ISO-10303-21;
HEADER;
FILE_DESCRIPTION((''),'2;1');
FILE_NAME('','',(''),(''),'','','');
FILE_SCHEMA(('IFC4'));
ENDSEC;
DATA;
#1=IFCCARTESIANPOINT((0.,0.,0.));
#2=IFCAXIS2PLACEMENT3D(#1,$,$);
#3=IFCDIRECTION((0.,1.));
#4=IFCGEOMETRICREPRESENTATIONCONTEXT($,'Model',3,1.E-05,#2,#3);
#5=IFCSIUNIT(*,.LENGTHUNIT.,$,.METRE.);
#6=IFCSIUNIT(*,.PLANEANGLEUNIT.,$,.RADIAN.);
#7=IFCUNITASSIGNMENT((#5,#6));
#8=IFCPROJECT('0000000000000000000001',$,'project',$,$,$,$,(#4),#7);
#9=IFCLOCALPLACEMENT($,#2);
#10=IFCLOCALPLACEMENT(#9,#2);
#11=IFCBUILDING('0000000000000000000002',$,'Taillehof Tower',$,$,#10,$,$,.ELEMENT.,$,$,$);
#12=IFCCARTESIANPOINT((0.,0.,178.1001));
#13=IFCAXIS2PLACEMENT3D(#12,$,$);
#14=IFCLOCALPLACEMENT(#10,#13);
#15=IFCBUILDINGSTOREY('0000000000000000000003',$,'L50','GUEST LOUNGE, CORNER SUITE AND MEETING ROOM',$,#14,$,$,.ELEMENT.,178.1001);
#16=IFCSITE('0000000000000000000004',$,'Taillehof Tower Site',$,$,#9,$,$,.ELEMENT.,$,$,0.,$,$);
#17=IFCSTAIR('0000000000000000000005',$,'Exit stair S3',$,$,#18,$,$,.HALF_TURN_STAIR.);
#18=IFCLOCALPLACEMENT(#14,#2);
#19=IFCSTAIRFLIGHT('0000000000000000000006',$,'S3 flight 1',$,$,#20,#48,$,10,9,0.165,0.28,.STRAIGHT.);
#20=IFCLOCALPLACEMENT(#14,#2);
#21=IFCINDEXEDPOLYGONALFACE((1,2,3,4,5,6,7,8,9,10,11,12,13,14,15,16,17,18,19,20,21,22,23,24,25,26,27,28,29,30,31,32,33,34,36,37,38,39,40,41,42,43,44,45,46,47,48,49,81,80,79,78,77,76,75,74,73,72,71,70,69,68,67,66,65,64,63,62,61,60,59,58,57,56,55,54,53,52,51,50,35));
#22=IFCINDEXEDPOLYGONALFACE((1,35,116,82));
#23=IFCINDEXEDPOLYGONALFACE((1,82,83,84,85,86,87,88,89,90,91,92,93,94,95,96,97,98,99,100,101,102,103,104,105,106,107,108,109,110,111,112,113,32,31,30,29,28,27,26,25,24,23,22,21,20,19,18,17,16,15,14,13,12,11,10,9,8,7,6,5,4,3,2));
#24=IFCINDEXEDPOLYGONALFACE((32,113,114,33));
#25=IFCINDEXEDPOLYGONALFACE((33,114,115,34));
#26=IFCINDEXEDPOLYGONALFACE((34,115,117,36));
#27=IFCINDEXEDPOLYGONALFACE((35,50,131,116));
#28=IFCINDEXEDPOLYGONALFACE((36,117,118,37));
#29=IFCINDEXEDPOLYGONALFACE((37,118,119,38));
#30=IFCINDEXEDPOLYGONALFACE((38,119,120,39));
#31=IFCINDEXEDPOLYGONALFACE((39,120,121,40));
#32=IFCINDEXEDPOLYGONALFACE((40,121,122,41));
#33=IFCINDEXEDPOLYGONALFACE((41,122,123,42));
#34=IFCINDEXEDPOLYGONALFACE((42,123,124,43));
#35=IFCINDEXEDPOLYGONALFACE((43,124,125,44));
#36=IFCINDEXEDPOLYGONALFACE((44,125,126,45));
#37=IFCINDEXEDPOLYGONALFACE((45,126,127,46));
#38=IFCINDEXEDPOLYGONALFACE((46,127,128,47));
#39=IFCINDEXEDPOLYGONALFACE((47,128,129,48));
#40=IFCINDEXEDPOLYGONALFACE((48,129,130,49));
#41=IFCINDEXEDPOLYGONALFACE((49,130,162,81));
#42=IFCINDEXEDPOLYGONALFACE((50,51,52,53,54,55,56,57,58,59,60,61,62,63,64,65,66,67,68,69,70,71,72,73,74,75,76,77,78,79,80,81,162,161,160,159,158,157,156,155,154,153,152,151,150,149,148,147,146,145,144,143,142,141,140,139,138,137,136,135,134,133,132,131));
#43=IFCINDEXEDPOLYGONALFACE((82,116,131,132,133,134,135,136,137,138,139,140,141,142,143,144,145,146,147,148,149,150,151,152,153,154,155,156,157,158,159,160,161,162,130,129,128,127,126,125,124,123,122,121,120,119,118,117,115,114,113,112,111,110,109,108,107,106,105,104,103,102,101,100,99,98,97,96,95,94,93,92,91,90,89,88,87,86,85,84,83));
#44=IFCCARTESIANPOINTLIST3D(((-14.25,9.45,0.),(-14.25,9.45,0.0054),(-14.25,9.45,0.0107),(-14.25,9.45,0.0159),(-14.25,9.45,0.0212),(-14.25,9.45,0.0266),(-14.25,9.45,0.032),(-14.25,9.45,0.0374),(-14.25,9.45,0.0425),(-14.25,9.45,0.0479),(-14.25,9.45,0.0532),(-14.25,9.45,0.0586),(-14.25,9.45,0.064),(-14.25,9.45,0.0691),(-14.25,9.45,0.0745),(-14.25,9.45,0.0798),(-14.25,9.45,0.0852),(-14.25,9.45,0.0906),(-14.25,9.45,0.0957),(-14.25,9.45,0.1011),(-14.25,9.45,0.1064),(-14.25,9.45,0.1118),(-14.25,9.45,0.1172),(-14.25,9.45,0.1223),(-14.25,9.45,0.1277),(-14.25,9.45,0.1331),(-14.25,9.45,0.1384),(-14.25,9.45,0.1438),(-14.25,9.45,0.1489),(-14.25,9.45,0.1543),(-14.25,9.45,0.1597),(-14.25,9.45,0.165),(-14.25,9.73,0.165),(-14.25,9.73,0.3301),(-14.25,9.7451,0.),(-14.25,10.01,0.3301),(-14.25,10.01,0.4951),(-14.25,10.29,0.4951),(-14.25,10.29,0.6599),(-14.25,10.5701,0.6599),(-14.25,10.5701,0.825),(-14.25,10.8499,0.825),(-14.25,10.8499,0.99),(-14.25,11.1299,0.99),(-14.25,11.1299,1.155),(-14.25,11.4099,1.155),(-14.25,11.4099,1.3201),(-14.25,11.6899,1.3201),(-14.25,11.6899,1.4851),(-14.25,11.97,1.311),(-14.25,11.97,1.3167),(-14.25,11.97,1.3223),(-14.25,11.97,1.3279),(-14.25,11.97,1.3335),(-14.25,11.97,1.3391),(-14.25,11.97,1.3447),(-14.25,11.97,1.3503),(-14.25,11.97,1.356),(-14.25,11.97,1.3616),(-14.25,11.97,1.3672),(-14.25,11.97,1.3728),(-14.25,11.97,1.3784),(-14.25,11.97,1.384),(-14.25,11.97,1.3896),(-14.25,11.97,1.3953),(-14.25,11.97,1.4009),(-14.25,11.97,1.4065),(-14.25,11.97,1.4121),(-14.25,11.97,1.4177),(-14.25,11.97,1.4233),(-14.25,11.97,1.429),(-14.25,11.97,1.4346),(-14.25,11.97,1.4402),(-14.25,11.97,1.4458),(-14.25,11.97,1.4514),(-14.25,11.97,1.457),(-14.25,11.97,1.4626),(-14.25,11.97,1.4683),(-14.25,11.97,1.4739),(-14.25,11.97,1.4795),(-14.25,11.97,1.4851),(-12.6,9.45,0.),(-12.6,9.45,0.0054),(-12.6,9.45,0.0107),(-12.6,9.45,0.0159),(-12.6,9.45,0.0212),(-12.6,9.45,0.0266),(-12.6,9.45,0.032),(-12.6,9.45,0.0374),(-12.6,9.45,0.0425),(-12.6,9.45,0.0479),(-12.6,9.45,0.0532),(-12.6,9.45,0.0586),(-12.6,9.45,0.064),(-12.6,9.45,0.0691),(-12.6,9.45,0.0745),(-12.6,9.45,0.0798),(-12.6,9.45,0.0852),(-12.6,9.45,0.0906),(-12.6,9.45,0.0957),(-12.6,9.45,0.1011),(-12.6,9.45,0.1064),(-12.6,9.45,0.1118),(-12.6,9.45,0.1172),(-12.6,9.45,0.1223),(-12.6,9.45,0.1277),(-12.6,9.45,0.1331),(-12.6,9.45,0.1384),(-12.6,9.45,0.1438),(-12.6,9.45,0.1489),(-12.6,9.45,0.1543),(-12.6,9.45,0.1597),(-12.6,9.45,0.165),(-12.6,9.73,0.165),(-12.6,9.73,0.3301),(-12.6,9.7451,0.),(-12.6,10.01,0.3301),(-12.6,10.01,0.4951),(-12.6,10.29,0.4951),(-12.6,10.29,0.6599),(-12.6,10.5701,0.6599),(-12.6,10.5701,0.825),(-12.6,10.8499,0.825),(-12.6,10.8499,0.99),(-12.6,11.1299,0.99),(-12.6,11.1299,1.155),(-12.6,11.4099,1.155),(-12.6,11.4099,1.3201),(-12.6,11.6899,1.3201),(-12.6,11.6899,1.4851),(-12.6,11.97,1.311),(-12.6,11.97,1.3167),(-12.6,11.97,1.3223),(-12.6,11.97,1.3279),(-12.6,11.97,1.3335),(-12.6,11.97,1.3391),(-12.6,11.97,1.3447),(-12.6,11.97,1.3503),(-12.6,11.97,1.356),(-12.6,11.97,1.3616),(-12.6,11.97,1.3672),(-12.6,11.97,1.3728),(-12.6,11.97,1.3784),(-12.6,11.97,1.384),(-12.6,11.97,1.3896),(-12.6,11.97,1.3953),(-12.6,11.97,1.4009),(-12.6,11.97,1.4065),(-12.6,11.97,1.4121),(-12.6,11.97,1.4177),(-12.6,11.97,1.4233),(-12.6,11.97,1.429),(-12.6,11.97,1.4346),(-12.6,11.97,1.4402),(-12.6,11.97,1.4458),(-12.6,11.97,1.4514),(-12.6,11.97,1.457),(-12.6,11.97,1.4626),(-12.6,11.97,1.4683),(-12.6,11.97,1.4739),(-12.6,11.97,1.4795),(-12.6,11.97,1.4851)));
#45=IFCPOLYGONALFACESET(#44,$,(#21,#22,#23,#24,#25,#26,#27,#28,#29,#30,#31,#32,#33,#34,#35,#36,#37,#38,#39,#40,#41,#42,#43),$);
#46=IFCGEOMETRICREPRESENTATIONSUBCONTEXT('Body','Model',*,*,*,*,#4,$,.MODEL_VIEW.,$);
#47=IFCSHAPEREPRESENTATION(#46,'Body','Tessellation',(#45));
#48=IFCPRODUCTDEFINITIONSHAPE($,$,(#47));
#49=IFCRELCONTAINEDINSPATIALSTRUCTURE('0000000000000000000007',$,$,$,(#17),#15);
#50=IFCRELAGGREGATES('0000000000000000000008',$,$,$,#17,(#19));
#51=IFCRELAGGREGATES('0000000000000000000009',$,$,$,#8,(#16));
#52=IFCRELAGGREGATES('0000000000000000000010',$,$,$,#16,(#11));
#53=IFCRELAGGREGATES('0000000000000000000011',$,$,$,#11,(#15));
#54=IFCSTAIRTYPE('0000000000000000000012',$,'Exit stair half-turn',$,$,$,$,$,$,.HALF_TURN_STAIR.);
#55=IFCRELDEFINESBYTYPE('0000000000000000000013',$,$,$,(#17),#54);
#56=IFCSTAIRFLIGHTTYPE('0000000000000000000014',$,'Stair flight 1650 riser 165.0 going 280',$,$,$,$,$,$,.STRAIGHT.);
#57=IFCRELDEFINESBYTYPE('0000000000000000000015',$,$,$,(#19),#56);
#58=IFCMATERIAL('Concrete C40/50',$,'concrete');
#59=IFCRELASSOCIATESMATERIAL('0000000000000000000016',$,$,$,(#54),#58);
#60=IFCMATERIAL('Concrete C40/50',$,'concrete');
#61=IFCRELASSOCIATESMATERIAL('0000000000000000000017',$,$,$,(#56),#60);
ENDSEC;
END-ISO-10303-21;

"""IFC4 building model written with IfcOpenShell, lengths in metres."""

from ifc_helpers import new_model, si_unit, direction, frame, origin, place, context, subcontext, project, spatial, polyline, outline, extrude, material, type_object, element, aggregate, save


model = new_model("IFC4")

# Units and contexts
model_context = context("Model", 3, precision=1e-05, world=origin(), true_north=direction((0.0, 1.0)))
body_context = subcontext(model_context, "Body", "Model", "MODEL_VIEW")
ifc_project = project(units=[si_unit("LENGTHUNIT", "METRE"), si_unit("PLANEANGLEUNIT", "RADIAN")], contexts=[model_context])

# Site, building, storey
site_placement = place(None, origin())
site = spatial("IfcSite", under=ifc_project, at=site_placement, Name="Taillehof Tower Site", CompositionType="ELEMENT", RefElevation=0.0)
building_placement = place(site_placement, origin())
building = spatial("IfcBuilding", under=site, at=building_placement, Name="Taillehof Tower", CompositionType="ELEMENT")
storey_placement = place(building_placement, frame((0.0, 0.0, 178.1001)))
storey = spatial("IfcBuildingStorey", under=building, at=storey_placement, Name="L50", Description="GUEST LOUNGE, CORNER SUITE AND MEETING ROOM", CompositionType="ELEMENT", Elevation=178.1001)

# Stair, stair flight
ifc_material_1 = material(Name="Concrete C40/50", Category="concrete")
stair_type = type_object("IfcStairType", Name="Exit stair half-turn", PredefinedType="HALF_TURN_STAIR", material=ifc_material_1)
stair_placement = place(storey_placement, origin())
stair = element("IfcStair", 1, at=stair_placement, inside=storey, type_object=stair_type, Name="Exit stair S3", PredefinedType="HALF_TURN_STAIR")
ifc_material_2 = material(Name="Concrete C40/50", Category="concrete")
stair_flight_type = type_object("IfcStairFlightType", Name="Stair flight 1650 riser 165.0 going 280", PredefinedType="STRAIGHT", material=ifc_material_2)
stair_flight_placement = place(storey_placement, frame((-13.425, 9.45, 0.0), z_axis=(0.0, 0.0, 1.0), x_axis=(0.0, 1.0, 0.0)))
stair_flight = element("IfcStairFlight", 2, at=stair_flight_placement, type_object=stair_flight_type, Name="S3 flight 1", NumberOfRisers=10, NumberOfTreads=9, PredefinedType="STRAIGHT", RiserHeight=0.165, TreadLength=0.28, context=body_context, shape_type="SweptSolid", body=[
    extrude(outline(polyline([(0.0, 0.0), (0.0, 0.0054), (0.0, 0.0107), (0.0, 0.0159), (0.0, 0.0212), (0.0, 0.0266), (0.0, 0.032), (0.0, 0.0374), (0.0, 0.0425), (0.0, 0.0479), (0.0, 0.0532), (0.0, 0.0586), (0.0, 0.064), (0.0, 0.0691), (0.0, 0.0745), (0.0, 0.0798), (0.0, 0.0852), (0.0, 0.0906), (0.0, 0.0957), (0.0, 0.1011), (0.0, 0.1064), (0.0, 0.1118), (0.0, 0.1172), (0.0, 0.1223), (0.0, 0.1277), (0.0, 0.1331), (0.0, 0.1384), (0.0, 0.1438), (0.0, 0.1489), (0.0, 0.1543), (0.0, 0.1597), (0.0, 0.165), (0.28, 0.165), (0.28, 0.3301), (0.5601, 0.3301), (0.5601, 0.4951), (0.8401, 0.4951), (0.8401, 0.6599), (1.1201, 0.6599), (1.1201, 0.825), (1.3999, 0.825), (1.3999, 0.99), (1.6799, 0.99), (1.6799, 1.155), (1.96, 1.155), (1.96, 1.3201), (2.24, 1.3201), (2.24, 1.4851), (2.52, 1.4851), (2.52, 1.4795), (2.52, 1.4739), (2.52, 1.4683), (2.52, 1.4626), (2.52, 1.457), (2.52, 1.4514), (2.52, 1.4458), (2.52, 1.4402), (2.52, 1.4346), (2.52, 1.429), (2.52, 1.4233), (2.52, 1.4177), (2.52, 1.4121), (2.52, 1.4065), (2.52, 1.4009), (2.52, 1.3953), (2.52, 1.3896), (2.52, 1.384), (2.52, 1.3784), (2.52, 1.3728), (2.52, 1.3672), (2.52, 1.3616), (2.52, 1.356), (2.52, 1.3503), (2.52, 1.3447), (2.52, 1.3391), (2.52, 1.3335), (2.52, 1.3279), (2.52, 1.3223), (2.52, 1.3167), (2.52, 1.311), (0.2952, 0.0), (0.0, 0.0)])), frame((0.0, 0.825, 0.0), z_axis=(0.0, -1.0, 0.0), x_axis=(1.0, 0.0, 0.0)), (0.0, 0.0, 1.0), 1.65),
])
aggregate(stair, [stair_flight])

save(model, "model.ifc")
